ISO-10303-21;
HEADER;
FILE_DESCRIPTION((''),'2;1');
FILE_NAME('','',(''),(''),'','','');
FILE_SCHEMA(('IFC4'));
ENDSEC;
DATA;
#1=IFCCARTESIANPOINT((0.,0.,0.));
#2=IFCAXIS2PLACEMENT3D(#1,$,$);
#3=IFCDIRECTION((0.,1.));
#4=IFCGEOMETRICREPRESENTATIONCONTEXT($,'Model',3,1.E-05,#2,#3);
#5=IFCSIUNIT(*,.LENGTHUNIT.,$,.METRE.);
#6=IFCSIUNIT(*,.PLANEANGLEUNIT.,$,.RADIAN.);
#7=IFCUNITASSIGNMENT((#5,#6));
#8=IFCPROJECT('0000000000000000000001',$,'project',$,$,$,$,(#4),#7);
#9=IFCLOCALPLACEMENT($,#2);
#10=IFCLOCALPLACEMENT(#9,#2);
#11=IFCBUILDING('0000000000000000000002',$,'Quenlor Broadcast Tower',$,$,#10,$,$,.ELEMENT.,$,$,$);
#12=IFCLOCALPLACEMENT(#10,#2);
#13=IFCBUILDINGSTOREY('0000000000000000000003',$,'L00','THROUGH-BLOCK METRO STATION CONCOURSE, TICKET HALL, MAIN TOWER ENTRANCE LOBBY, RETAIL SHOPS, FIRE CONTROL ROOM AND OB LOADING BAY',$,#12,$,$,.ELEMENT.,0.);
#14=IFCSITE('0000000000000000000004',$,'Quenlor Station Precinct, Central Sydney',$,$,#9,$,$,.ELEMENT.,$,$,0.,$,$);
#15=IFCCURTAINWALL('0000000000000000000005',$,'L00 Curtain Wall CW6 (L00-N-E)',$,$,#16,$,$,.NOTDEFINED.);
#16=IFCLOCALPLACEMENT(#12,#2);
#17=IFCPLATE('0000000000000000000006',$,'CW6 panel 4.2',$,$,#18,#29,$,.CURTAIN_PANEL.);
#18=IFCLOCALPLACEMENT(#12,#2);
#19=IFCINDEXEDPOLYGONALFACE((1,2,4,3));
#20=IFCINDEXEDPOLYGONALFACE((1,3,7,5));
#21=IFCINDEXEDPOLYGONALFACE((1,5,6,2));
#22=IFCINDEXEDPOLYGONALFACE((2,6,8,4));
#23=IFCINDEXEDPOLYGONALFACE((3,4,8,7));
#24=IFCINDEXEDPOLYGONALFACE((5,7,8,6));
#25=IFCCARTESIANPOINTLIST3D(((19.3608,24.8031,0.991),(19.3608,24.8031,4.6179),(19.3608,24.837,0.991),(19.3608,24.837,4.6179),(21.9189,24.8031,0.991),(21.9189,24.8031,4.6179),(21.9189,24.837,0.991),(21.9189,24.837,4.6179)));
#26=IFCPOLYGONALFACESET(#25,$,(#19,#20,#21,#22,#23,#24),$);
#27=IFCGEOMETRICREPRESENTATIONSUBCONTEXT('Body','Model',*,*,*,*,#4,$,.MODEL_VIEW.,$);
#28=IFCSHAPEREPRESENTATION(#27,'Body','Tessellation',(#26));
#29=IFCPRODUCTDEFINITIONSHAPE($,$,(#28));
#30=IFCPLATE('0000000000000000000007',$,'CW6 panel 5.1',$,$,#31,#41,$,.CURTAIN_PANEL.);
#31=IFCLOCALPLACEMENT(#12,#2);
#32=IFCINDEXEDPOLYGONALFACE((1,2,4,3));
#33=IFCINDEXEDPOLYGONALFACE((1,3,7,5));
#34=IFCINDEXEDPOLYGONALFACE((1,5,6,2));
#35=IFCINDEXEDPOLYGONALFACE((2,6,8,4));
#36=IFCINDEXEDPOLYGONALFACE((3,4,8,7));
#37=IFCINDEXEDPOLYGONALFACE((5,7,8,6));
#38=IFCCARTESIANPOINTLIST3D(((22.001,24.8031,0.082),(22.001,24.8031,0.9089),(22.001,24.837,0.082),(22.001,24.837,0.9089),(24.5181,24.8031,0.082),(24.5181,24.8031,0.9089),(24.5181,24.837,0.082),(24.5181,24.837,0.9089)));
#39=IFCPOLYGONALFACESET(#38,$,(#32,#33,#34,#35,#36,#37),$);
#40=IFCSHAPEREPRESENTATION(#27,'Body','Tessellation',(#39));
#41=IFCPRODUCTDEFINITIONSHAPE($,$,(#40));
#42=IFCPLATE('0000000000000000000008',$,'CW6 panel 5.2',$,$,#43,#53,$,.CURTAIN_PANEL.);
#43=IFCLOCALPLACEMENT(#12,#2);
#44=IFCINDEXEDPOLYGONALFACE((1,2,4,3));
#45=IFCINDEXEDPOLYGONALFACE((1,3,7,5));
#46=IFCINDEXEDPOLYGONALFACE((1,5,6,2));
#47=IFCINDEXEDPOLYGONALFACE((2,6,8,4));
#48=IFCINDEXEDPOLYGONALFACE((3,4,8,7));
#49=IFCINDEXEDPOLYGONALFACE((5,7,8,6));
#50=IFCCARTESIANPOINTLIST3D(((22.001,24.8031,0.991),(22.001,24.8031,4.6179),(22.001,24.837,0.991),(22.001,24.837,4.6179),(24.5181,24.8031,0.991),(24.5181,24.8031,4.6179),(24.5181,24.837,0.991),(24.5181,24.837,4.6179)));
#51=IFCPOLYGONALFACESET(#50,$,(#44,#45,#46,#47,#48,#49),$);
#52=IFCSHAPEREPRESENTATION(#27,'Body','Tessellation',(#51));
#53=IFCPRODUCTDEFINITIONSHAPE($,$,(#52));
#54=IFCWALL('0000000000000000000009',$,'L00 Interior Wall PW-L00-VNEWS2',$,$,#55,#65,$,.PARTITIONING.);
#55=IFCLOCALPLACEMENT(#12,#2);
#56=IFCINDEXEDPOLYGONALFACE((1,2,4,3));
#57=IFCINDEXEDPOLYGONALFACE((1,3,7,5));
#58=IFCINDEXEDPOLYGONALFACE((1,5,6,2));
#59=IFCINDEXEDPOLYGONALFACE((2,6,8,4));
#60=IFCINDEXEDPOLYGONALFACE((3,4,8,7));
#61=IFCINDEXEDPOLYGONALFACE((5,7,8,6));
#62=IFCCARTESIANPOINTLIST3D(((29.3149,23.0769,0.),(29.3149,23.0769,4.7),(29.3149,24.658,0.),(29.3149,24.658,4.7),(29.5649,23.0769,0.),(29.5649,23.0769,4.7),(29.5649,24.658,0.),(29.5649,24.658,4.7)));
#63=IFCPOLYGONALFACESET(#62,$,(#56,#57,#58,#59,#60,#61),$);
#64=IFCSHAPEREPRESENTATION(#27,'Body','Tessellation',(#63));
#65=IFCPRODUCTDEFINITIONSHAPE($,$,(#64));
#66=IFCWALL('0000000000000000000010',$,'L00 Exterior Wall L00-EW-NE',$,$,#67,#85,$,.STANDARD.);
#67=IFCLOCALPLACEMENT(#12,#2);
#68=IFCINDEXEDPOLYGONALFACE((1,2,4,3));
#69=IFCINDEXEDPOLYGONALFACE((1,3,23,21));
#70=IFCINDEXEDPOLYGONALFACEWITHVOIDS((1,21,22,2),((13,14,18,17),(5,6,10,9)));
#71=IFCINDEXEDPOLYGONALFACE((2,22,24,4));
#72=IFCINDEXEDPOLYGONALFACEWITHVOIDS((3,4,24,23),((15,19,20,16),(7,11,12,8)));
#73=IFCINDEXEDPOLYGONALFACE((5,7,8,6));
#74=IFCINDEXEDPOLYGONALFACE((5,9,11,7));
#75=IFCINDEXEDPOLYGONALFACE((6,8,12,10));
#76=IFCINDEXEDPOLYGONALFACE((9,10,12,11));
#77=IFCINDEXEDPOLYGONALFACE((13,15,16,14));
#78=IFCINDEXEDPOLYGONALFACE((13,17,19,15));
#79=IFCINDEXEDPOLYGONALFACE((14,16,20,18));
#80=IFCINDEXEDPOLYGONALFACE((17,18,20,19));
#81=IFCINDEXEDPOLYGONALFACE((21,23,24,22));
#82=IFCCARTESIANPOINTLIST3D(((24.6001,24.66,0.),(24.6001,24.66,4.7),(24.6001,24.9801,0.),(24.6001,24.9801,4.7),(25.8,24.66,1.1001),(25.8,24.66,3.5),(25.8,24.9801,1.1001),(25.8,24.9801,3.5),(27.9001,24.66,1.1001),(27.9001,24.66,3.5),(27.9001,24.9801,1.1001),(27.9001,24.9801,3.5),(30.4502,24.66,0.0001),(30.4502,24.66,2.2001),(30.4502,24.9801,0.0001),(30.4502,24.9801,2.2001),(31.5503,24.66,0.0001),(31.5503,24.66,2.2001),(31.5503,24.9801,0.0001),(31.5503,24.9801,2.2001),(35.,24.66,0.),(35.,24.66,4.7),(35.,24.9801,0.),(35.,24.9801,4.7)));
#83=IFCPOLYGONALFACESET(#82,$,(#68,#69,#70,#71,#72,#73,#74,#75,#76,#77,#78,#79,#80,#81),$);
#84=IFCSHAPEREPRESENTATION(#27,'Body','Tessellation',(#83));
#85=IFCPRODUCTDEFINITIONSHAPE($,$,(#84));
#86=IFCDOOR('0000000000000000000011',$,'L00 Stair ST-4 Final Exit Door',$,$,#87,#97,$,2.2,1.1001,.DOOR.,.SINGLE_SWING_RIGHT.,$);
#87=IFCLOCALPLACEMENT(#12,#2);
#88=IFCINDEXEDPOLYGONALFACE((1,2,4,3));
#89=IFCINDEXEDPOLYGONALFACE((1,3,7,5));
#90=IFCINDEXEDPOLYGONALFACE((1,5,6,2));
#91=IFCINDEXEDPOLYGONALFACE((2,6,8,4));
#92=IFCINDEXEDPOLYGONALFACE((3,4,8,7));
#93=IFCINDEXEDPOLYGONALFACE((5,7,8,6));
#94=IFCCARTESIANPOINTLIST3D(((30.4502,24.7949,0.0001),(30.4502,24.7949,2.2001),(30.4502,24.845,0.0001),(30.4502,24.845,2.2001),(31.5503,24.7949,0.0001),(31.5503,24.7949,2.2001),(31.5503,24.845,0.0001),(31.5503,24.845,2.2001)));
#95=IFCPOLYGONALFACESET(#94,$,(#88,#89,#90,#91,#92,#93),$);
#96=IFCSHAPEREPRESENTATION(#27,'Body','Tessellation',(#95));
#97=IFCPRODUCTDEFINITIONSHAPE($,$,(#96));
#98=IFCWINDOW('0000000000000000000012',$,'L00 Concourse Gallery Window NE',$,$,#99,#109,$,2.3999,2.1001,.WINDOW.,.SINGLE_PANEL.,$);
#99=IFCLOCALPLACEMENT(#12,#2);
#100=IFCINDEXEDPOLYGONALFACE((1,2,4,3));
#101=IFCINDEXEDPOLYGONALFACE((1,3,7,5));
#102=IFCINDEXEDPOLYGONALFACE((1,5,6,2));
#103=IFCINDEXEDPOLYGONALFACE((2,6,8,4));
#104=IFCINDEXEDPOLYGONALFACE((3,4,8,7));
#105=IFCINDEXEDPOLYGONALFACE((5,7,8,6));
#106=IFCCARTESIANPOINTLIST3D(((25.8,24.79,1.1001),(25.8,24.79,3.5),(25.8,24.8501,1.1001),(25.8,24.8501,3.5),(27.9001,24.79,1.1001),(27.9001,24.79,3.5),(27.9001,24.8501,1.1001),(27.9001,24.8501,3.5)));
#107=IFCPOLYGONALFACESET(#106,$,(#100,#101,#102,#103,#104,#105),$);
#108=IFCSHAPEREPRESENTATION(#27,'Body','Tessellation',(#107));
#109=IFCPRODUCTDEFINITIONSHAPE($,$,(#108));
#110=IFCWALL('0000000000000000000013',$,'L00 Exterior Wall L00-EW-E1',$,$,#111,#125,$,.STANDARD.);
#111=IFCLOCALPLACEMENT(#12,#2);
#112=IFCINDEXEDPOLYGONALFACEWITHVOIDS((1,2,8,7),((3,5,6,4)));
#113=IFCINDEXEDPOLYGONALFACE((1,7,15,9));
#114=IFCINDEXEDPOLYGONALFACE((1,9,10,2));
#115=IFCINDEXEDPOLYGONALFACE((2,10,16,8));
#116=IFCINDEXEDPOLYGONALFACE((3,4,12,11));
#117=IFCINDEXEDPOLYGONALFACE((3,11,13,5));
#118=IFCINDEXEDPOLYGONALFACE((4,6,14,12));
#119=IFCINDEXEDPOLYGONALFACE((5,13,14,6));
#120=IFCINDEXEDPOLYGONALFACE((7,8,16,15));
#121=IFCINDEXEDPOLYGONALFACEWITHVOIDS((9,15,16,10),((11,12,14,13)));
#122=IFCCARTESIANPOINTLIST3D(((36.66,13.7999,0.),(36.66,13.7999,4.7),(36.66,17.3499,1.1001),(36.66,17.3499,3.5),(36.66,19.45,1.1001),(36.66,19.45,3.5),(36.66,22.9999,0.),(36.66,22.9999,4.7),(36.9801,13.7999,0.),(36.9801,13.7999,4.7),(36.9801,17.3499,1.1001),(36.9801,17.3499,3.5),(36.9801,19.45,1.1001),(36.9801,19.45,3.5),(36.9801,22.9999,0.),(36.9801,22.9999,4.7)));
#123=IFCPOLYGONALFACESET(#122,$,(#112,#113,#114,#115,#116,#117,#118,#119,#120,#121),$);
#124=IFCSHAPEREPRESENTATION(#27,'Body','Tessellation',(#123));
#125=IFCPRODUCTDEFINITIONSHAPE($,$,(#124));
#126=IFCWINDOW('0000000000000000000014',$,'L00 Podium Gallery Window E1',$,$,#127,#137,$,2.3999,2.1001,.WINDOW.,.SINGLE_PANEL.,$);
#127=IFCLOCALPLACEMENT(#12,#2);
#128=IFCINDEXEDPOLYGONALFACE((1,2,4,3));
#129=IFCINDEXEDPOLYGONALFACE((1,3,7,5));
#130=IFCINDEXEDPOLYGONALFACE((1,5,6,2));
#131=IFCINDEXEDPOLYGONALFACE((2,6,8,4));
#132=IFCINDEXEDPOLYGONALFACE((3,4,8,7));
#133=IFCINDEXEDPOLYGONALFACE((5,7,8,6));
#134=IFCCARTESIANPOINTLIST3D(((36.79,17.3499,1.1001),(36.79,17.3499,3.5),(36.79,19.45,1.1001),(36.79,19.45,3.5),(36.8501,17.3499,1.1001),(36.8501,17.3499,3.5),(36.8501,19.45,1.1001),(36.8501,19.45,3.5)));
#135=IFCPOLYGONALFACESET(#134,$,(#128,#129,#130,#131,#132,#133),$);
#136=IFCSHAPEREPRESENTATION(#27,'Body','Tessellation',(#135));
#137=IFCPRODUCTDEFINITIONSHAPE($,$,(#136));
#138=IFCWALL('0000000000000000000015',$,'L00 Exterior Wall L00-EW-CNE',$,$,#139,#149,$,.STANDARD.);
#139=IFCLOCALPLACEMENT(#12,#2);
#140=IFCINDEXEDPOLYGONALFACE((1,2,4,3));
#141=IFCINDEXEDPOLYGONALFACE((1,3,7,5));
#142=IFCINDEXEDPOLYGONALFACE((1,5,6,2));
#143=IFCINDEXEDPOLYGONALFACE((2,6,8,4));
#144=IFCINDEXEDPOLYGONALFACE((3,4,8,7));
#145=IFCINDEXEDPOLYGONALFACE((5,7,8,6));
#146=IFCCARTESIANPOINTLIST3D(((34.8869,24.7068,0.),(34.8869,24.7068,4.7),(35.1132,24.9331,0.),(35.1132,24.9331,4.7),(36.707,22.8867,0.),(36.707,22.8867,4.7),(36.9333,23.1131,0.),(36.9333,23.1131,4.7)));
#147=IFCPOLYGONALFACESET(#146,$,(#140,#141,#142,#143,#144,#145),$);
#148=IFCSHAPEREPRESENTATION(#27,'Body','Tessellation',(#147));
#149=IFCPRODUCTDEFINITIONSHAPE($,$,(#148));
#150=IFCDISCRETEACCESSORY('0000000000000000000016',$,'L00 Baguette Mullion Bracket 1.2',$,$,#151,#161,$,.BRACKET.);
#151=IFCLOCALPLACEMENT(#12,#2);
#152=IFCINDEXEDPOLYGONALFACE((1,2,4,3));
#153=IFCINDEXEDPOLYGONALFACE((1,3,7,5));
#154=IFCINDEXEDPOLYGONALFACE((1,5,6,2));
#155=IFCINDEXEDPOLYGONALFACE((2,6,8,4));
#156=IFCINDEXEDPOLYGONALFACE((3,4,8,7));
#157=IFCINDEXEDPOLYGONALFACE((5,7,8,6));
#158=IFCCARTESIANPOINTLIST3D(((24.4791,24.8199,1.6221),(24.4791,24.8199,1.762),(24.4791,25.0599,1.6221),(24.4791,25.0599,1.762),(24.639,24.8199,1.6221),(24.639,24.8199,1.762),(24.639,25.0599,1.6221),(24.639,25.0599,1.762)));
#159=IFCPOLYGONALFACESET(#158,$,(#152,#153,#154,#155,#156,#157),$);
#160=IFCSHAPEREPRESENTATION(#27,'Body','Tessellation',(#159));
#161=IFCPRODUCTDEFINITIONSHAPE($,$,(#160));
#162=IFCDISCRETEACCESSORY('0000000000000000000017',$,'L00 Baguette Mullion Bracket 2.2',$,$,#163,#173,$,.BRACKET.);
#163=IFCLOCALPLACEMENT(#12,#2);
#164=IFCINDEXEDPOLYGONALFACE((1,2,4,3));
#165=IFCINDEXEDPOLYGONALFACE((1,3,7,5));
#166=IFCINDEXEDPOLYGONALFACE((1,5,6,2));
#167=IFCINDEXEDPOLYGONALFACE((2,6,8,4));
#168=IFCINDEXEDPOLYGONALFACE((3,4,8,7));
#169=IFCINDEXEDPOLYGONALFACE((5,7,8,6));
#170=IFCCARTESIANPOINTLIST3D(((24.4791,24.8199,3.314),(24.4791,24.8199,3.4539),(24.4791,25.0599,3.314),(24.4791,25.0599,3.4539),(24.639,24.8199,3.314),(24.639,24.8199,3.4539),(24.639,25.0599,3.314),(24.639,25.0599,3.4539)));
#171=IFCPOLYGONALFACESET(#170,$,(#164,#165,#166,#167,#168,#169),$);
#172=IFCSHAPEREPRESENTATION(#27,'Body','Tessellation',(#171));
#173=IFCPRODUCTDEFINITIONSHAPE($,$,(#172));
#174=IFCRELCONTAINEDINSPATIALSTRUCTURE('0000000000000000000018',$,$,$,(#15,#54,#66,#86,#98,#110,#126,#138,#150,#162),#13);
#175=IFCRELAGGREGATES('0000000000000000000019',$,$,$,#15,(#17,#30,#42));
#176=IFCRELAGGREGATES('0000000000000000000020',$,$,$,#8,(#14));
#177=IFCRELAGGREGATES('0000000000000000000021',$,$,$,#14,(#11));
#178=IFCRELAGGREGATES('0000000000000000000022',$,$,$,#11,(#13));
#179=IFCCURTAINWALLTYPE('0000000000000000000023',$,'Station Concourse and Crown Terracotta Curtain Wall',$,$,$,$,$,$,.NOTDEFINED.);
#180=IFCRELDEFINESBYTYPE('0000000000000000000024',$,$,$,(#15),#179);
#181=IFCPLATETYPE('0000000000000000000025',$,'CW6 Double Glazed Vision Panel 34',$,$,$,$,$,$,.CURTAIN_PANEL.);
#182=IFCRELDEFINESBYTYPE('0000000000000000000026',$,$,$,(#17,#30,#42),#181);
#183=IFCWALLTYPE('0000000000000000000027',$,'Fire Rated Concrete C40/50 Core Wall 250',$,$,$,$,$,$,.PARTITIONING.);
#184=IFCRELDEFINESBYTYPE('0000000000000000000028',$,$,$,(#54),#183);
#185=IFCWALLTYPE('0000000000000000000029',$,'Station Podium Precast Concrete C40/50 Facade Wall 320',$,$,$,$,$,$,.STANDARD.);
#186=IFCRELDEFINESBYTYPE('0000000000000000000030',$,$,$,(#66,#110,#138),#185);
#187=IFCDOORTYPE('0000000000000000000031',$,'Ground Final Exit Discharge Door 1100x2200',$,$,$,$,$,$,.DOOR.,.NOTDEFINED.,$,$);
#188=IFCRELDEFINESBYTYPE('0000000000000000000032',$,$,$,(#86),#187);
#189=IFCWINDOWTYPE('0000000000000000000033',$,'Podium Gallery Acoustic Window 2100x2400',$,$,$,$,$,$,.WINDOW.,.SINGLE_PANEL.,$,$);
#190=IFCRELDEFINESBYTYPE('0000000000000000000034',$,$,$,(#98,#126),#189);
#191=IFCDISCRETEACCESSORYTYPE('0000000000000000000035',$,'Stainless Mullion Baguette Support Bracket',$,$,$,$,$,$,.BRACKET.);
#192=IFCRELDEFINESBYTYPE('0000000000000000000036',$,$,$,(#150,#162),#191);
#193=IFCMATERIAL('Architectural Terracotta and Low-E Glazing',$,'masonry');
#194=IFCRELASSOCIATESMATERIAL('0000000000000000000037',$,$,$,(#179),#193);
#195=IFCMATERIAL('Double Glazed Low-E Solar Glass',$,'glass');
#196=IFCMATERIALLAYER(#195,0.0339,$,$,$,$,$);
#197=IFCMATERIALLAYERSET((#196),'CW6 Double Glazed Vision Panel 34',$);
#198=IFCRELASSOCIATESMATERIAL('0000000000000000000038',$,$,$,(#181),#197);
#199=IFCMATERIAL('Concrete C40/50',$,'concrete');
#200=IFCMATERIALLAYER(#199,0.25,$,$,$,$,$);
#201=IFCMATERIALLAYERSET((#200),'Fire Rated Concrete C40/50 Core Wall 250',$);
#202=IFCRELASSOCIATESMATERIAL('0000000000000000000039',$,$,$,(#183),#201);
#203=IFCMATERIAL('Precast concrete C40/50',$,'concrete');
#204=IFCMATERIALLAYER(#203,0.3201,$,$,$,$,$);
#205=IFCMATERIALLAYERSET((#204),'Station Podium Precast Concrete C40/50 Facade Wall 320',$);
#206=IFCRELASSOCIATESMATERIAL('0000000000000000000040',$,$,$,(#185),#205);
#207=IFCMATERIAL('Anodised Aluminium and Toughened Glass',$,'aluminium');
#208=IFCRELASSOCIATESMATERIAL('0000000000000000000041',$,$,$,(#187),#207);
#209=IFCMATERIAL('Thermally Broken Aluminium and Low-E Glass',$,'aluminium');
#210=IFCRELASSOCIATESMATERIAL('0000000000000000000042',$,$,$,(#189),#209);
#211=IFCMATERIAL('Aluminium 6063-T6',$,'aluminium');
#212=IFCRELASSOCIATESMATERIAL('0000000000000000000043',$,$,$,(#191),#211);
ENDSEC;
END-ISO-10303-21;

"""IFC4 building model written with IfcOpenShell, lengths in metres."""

from ifc_helpers import new_model, si_unit, direction, frame, frame_2d, origin, origin_2d, place, context, subcontext, project, spatial, rectangle, extrude, material, layer, layer_set, type_object, element, fill, aggregate, save


model = new_model("IFC4")

# Units and contexts
model_context = context("Model", 3, precision=1e-05, world=origin(), true_north=direction((0.0, 1.0)))
body_context = subcontext(model_context, "Body", "Model", "MODEL_VIEW")
ifc_project = project(units=[si_unit("LENGTHUNIT", "METRE"), si_unit("PLANEANGLEUNIT", "RADIAN")], contexts=[model_context])

# Site, building, storey
site_placement = place(None, origin())
site = spatial("IfcSite", under=ifc_project, at=site_placement, Name="Quenlor Station Precinct, Central Sydney", CompositionType="ELEMENT", RefElevation=0.0)
building_placement = place(site_placement, origin())
building = spatial("IfcBuilding", under=site, at=building_placement, Name="Quenlor Broadcast Tower", CompositionType="ELEMENT")
storey_placement = place(building_placement, origin())
storey = spatial("IfcBuildingStorey", under=building, at=storey_placement, Name="L00", Description="THROUGH-BLOCK METRO STATION CONCOURSE, TICKET HALL, MAIN TOWER ENTRANCE LOBBY, RETAIL SHOPS, FIRE CONTROL ROOM AND OB LOADING BAY", CompositionType="ELEMENT", Elevation=0.0)

# Curtain wall
ifc_material_1 = material(Name="Architectural Terracotta and Low-E Glazing", Category="masonry")
curtain_wall_type = type_object("IfcCurtainWallType", Name="Station Concourse and Crown Terracotta Curtain Wall", PredefinedType="NOTDEFINED", material=ifc_material_1)
curtain_wall_placement = place(storey_placement, origin())
curtain_wall = element("IfcCurtainWall", 1, at=curtain_wall_placement, inside=storey, type_object=curtain_wall_type, Name="L00 Curtain Wall CW6 (L00-N-E)", PredefinedType="NOTDEFINED")

# Plates
ifc_material_2 = material(Name="Double Glazed Low-E Solar Glass", Category="glass")
ifc_layer_1 = layer(ifc_material_2, 0.0339)
ifc_layer_set_1 = layer_set([ifc_layer_1], Name="CW6 Double Glazed Vision Panel 34")
plate_type = type_object("IfcPlateType", Name="CW6 Double Glazed Vision Panel 34", PredefinedType="CURTAIN_PANEL", material=ifc_layer_set_1)
plate_1_placement = place(storey_placement, frame((20.6399, 24.8201, 0.991), z_axis=(0.0, 0.0, 1.0), x_axis=(1.0, 0.0, 0.0)))
plate_1 = element("IfcPlate", 2, at=plate_1_placement, type_object=plate_type, Name="CW6 panel 4.2", PredefinedType="CURTAIN_PANEL", context=body_context, shape_type="SweptSolid", body=[
    extrude(rectangle(XDim=2.5581, YDim=0.0339, at=origin_2d()), origin(), (0.0, 0.0, 1.0), 3.627),
])
plate_2_placement = place(storey_placement, frame((23.2595, 24.8201, 0.082), z_axis=(0.0, 0.0, 1.0), x_axis=(1.0, 0.0, 0.0)))
plate_2 = element("IfcPlate", 3, at=plate_2_placement, type_object=plate_type, Name="CW6 panel 5.1", PredefinedType="CURTAIN_PANEL", context=body_context, shape_type="SweptSolid", body=[
    extrude(rectangle(XDim=2.5171, YDim=0.0339, at=origin_2d()), origin(), (0.0, 0.0, 1.0), 0.8269),
])
plate_3_placement = place(storey_placement, frame((23.2595, 24.8201, 0.991), z_axis=(0.0, 0.0, 1.0), x_axis=(1.0, 0.0, 0.0)))
plate_3 = element("IfcPlate", 4, at=plate_3_placement, type_object=plate_type, Name="CW6 panel 5.2", PredefinedType="CURTAIN_PANEL", context=body_context, shape_type="SweptSolid", body=[
    extrude(rectangle(XDim=2.5171, YDim=0.0339, at=origin_2d()), origin(), (0.0, 0.0, 1.0), 3.627),
])
aggregate(curtain_wall, [plate_1, plate_2, plate_3])

# Wall
ifc_material_3 = material(Name="Concrete C40/50", Category="concrete")
ifc_layer_2 = layer(ifc_material_3, 0.25)
ifc_layer_set_2 = layer_set([ifc_layer_2], Name="Fire Rated Concrete C40/50 Core Wall 250")
wall_type_1 = type_object("IfcWallType", Name="Fire Rated Concrete C40/50 Core Wall 250", PredefinedType="PARTITIONING", material=ifc_layer_set_2)
wall_1_placement = place(storey_placement, frame((29.4399, 23.0769, 0.0), z_axis=(0.0, 0.0, 1.0), x_axis=(0.0, 1.0, 0.0)))
element("IfcWall", 5, at=wall_1_placement, inside=storey, type_object=wall_type_1, Name="L00 Interior Wall PW-L00-VNEWS2", PredefinedType="PARTITIONING", context=body_context, shape_type="SweptSolid", body=[
    extrude(rectangle(XDim=1.5811, YDim=0.25, at=frame_2d((0.7905, 0.0))), origin(), (0.0, 0.0, 1.0), 4.7),
])

# Wall, openings, door, window
ifc_material_4 = material(Name="Precast concrete C40/50", Category="concrete")
ifc_layer_3 = layer(ifc_material_4, 0.3201)
ifc_layer_set_3 = layer_set([ifc_layer_3], Name="Station Podium Precast Concrete C40/50 Facade Wall 320")
wall_type_2 = type_object("IfcWallType", Name="Station Podium Precast Concrete C40/50 Facade Wall 320", PredefinedType="STANDARD", material=ifc_layer_set_3)
wall_2_placement = place(storey_placement, frame((24.6001, 24.8201, 0.0), z_axis=(0.0, 0.0, 1.0), x_axis=(1.0, 0.0, 0.0)))
wall_2 = element("IfcWall", 6, at=wall_2_placement, inside=storey, type_object=wall_type_2, Name="L00 Exterior Wall L00-EW-NE", PredefinedType="STANDARD", context=body_context, shape_type="SweptSolid", body=[
    extrude(rectangle(XDim=10.3999, YDim=0.3201, at=frame_2d((5.2, 0.0))), origin(), (0.0, 0.0, 1.0), 4.7),
])
opening_1_placement = place(wall_2_placement, frame((5.8501, 0.0, 0.0)))
opening_1 = element("IfcOpeningElement", 7, at=opening_1_placement, cuts=wall_2, PredefinedType="OPENING", context=body_context, shape_type="SweptSolid", body=[
    extrude(rectangle(XDim=1.1001, YDim=2.2, at=frame_2d((0.55, 1.1001))), frame((0.0, 0.1699, 0.0), z_axis=(0.0, -1.0, 0.0), x_axis=(1.0, 0.0, 0.0)), (0.0, 0.0, 1.0), 0.3401),
])
opening_2_placement = place(wall_2_placement, frame((1.2, 0.0, 1.1001)))
opening_2 = element("IfcOpeningElement", 8, at=opening_2_placement, cuts=wall_2, PredefinedType="OPENING", context=body_context, shape_type="SweptSolid", body=[
    extrude(rectangle(XDim=2.1001, YDim=2.3999, at=frame_2d((1.05, 1.2))), frame((0.0, 0.1699, 0.0), z_axis=(0.0, -1.0, 0.0), x_axis=(1.0, 0.0, 0.0)), (0.0, 0.0, 1.0), 0.3401),
])
ifc_material_5 = material(Name="Anodised Aluminium and Toughened Glass", Category="aluminium")
door_type = type_object("IfcDoorType", Name="Ground Final Exit Discharge Door 1100x2200", OperationType="NOTDEFINED", PredefinedType="DOOR", material=ifc_material_5)
door_placement = place(opening_1_placement, origin())
door = element("IfcDoor", 9, at=door_placement, inside=storey, type_object=door_type, Name="L00 Stair ST-4 Final Exit Door", OperationType="SINGLE_SWING_RIGHT", OverallHeight=2.2, OverallWidth=1.1001, PredefinedType="DOOR", context=body_context, shape_type="SweptSolid", body=[
    extrude(rectangle(XDim=1.1001, YDim=2.2, at=frame_2d((0.55, 1.1001))), frame((0.0, 0.0249, 0.0), z_axis=(0.0, -1.0, 0.0), x_axis=(1.0, 0.0, 0.0)), (0.0, 0.0, 1.0), 0.05),
])
fill(opening_1, door)
ifc_material_6 = material(Name="Thermally Broken Aluminium and Low-E Glass", Category="aluminium")
window_type = type_object("IfcWindowType", Name="Podium Gallery Acoustic Window 2100x2400", PartitioningType="SINGLE_PANEL", PredefinedType="WINDOW", material=ifc_material_6)
window_1_placement = place(opening_2_placement, origin())
window_1 = element("IfcWindow", 10, at=window_1_placement, inside=storey, type_object=window_type, Name="L00 Concourse Gallery Window NE", OverallHeight=2.3999, OverallWidth=2.1001, PartitioningType="SINGLE_PANEL", PredefinedType="WINDOW", context=body_context, shape_type="SweptSolid", body=[
    extrude(rectangle(XDim=2.1001, YDim=2.3999, at=frame_2d((1.05, 1.2))), frame((0.0, 0.03, 0.0), z_axis=(0.0, -1.0, 0.0), x_axis=(1.0, 0.0, 0.0)), (0.0, 0.0, 1.0), 0.0601),
])
fill(opening_2, window_1)

# Wall, opening, window
wall_3_placement = place(storey_placement, frame((36.8201, 23.0, 0.0), z_axis=(0.0, 0.0, 1.0), x_axis=(0.0, -1.0, 0.0)))
wall_3 = element("IfcWall", 11, at=wall_3_placement, inside=storey, type_object=wall_type_2, Name="L00 Exterior Wall L00-EW-E1", PredefinedType="STANDARD", context=body_context, shape_type="SweptSolid", body=[
    extrude(rectangle(XDim=9.2, YDim=0.3201, at=frame_2d((4.6001, 0.0))), origin(), (0.0, 0.0, 1.0), 4.7),
])
opening_3_placement = place(wall_3_placement, frame((3.55, 0.0, 1.1001)))
opening_3 = element("IfcOpeningElement", 12, at=opening_3_placement, cuts=wall_3, PredefinedType="OPENING", context=body_context, shape_type="SweptSolid", body=[
    extrude(rectangle(XDim=2.1001, YDim=2.3999, at=frame_2d((1.05, 1.2))), frame((0.0, 0.1699, 0.0), z_axis=(0.0, -1.0, 0.0), x_axis=(1.0, 0.0, 0.0)), (0.0, 0.0, 1.0), 0.3401),
])
window_2_placement = place(opening_3_placement, origin())
window_2 = element("IfcWindow", 13, at=window_2_placement, inside=storey, type_object=window_type, Name="L00 Podium Gallery Window E1", OverallHeight=2.3999, OverallWidth=2.1001, PartitioningType="SINGLE_PANEL", PredefinedType="WINDOW", context=body_context, shape_type="SweptSolid", body=[
    extrude(rectangle(XDim=2.1001, YDim=2.3999, at=frame_2d((1.05, 1.2))), frame((0.0, 0.03, 0.0), z_axis=(0.0, -1.0, 0.0), x_axis=(1.0, 0.0, 0.0)), (0.0, 0.0, 1.0), 0.0601),
])
fill(opening_3, window_2)

# Wall
wall_4_placement = place(storey_placement, frame((35.0, 24.8201, 0.0), z_axis=(0.0, 0.0, 1.0), x_axis=(0.707107, -0.707107, 0.0)))
element("IfcWall", 14, at=wall_4_placement, inside=storey, type_object=wall_type_2, Name="L00 Exterior Wall L00-EW-CNE", PredefinedType="STANDARD", context=body_context, shape_type="SweptSolid", body=[
    extrude(rectangle(XDim=2.574, YDim=0.3201, at=frame_2d((1.2871, 0.0))), origin(), (0.0, 0.0, 1.0), 4.7),
])

# Discrete accessories
ifc_material_7 = material(Name="Aluminium 6063-T6", Category="aluminium")
discrete_accessory_type = type_object("IfcDiscreteAccessoryType", Name="Stainless Mullion Baguette Support Bracket", PredefinedType="BRACKET", material=ifc_material_7)
for number, where, z_axis, x_axis, name in (
    (15, (24.5591, 24.9399, 1.6221), (0.0, 0.0, 1.0), (1.0, 0.0, 0.0), "L00 Baguette Mullion Bracket 1.2"),
    (16, (24.5591, 24.9399, 3.314), (0.0, 0.0, 1.0), (1.0, 0.0, 0.0), "L00 Baguette Mullion Bracket 2.2"),
):
    element("IfcDiscreteAccessory", number, at=place(storey_placement, frame(where, z_axis=z_axis, x_axis=x_axis)), inside=storey, type_object=discrete_accessory_type, Name=name, PredefinedType="BRACKET", context=body_context, shape_type="SweptSolid", body=[
        extrude(rectangle(XDim=0.1599, YDim=0.24, at=origin_2d()), origin(), (0.0, 0.0, 1.0), 0.1399),
    ])

save(model, "model.ifc")
